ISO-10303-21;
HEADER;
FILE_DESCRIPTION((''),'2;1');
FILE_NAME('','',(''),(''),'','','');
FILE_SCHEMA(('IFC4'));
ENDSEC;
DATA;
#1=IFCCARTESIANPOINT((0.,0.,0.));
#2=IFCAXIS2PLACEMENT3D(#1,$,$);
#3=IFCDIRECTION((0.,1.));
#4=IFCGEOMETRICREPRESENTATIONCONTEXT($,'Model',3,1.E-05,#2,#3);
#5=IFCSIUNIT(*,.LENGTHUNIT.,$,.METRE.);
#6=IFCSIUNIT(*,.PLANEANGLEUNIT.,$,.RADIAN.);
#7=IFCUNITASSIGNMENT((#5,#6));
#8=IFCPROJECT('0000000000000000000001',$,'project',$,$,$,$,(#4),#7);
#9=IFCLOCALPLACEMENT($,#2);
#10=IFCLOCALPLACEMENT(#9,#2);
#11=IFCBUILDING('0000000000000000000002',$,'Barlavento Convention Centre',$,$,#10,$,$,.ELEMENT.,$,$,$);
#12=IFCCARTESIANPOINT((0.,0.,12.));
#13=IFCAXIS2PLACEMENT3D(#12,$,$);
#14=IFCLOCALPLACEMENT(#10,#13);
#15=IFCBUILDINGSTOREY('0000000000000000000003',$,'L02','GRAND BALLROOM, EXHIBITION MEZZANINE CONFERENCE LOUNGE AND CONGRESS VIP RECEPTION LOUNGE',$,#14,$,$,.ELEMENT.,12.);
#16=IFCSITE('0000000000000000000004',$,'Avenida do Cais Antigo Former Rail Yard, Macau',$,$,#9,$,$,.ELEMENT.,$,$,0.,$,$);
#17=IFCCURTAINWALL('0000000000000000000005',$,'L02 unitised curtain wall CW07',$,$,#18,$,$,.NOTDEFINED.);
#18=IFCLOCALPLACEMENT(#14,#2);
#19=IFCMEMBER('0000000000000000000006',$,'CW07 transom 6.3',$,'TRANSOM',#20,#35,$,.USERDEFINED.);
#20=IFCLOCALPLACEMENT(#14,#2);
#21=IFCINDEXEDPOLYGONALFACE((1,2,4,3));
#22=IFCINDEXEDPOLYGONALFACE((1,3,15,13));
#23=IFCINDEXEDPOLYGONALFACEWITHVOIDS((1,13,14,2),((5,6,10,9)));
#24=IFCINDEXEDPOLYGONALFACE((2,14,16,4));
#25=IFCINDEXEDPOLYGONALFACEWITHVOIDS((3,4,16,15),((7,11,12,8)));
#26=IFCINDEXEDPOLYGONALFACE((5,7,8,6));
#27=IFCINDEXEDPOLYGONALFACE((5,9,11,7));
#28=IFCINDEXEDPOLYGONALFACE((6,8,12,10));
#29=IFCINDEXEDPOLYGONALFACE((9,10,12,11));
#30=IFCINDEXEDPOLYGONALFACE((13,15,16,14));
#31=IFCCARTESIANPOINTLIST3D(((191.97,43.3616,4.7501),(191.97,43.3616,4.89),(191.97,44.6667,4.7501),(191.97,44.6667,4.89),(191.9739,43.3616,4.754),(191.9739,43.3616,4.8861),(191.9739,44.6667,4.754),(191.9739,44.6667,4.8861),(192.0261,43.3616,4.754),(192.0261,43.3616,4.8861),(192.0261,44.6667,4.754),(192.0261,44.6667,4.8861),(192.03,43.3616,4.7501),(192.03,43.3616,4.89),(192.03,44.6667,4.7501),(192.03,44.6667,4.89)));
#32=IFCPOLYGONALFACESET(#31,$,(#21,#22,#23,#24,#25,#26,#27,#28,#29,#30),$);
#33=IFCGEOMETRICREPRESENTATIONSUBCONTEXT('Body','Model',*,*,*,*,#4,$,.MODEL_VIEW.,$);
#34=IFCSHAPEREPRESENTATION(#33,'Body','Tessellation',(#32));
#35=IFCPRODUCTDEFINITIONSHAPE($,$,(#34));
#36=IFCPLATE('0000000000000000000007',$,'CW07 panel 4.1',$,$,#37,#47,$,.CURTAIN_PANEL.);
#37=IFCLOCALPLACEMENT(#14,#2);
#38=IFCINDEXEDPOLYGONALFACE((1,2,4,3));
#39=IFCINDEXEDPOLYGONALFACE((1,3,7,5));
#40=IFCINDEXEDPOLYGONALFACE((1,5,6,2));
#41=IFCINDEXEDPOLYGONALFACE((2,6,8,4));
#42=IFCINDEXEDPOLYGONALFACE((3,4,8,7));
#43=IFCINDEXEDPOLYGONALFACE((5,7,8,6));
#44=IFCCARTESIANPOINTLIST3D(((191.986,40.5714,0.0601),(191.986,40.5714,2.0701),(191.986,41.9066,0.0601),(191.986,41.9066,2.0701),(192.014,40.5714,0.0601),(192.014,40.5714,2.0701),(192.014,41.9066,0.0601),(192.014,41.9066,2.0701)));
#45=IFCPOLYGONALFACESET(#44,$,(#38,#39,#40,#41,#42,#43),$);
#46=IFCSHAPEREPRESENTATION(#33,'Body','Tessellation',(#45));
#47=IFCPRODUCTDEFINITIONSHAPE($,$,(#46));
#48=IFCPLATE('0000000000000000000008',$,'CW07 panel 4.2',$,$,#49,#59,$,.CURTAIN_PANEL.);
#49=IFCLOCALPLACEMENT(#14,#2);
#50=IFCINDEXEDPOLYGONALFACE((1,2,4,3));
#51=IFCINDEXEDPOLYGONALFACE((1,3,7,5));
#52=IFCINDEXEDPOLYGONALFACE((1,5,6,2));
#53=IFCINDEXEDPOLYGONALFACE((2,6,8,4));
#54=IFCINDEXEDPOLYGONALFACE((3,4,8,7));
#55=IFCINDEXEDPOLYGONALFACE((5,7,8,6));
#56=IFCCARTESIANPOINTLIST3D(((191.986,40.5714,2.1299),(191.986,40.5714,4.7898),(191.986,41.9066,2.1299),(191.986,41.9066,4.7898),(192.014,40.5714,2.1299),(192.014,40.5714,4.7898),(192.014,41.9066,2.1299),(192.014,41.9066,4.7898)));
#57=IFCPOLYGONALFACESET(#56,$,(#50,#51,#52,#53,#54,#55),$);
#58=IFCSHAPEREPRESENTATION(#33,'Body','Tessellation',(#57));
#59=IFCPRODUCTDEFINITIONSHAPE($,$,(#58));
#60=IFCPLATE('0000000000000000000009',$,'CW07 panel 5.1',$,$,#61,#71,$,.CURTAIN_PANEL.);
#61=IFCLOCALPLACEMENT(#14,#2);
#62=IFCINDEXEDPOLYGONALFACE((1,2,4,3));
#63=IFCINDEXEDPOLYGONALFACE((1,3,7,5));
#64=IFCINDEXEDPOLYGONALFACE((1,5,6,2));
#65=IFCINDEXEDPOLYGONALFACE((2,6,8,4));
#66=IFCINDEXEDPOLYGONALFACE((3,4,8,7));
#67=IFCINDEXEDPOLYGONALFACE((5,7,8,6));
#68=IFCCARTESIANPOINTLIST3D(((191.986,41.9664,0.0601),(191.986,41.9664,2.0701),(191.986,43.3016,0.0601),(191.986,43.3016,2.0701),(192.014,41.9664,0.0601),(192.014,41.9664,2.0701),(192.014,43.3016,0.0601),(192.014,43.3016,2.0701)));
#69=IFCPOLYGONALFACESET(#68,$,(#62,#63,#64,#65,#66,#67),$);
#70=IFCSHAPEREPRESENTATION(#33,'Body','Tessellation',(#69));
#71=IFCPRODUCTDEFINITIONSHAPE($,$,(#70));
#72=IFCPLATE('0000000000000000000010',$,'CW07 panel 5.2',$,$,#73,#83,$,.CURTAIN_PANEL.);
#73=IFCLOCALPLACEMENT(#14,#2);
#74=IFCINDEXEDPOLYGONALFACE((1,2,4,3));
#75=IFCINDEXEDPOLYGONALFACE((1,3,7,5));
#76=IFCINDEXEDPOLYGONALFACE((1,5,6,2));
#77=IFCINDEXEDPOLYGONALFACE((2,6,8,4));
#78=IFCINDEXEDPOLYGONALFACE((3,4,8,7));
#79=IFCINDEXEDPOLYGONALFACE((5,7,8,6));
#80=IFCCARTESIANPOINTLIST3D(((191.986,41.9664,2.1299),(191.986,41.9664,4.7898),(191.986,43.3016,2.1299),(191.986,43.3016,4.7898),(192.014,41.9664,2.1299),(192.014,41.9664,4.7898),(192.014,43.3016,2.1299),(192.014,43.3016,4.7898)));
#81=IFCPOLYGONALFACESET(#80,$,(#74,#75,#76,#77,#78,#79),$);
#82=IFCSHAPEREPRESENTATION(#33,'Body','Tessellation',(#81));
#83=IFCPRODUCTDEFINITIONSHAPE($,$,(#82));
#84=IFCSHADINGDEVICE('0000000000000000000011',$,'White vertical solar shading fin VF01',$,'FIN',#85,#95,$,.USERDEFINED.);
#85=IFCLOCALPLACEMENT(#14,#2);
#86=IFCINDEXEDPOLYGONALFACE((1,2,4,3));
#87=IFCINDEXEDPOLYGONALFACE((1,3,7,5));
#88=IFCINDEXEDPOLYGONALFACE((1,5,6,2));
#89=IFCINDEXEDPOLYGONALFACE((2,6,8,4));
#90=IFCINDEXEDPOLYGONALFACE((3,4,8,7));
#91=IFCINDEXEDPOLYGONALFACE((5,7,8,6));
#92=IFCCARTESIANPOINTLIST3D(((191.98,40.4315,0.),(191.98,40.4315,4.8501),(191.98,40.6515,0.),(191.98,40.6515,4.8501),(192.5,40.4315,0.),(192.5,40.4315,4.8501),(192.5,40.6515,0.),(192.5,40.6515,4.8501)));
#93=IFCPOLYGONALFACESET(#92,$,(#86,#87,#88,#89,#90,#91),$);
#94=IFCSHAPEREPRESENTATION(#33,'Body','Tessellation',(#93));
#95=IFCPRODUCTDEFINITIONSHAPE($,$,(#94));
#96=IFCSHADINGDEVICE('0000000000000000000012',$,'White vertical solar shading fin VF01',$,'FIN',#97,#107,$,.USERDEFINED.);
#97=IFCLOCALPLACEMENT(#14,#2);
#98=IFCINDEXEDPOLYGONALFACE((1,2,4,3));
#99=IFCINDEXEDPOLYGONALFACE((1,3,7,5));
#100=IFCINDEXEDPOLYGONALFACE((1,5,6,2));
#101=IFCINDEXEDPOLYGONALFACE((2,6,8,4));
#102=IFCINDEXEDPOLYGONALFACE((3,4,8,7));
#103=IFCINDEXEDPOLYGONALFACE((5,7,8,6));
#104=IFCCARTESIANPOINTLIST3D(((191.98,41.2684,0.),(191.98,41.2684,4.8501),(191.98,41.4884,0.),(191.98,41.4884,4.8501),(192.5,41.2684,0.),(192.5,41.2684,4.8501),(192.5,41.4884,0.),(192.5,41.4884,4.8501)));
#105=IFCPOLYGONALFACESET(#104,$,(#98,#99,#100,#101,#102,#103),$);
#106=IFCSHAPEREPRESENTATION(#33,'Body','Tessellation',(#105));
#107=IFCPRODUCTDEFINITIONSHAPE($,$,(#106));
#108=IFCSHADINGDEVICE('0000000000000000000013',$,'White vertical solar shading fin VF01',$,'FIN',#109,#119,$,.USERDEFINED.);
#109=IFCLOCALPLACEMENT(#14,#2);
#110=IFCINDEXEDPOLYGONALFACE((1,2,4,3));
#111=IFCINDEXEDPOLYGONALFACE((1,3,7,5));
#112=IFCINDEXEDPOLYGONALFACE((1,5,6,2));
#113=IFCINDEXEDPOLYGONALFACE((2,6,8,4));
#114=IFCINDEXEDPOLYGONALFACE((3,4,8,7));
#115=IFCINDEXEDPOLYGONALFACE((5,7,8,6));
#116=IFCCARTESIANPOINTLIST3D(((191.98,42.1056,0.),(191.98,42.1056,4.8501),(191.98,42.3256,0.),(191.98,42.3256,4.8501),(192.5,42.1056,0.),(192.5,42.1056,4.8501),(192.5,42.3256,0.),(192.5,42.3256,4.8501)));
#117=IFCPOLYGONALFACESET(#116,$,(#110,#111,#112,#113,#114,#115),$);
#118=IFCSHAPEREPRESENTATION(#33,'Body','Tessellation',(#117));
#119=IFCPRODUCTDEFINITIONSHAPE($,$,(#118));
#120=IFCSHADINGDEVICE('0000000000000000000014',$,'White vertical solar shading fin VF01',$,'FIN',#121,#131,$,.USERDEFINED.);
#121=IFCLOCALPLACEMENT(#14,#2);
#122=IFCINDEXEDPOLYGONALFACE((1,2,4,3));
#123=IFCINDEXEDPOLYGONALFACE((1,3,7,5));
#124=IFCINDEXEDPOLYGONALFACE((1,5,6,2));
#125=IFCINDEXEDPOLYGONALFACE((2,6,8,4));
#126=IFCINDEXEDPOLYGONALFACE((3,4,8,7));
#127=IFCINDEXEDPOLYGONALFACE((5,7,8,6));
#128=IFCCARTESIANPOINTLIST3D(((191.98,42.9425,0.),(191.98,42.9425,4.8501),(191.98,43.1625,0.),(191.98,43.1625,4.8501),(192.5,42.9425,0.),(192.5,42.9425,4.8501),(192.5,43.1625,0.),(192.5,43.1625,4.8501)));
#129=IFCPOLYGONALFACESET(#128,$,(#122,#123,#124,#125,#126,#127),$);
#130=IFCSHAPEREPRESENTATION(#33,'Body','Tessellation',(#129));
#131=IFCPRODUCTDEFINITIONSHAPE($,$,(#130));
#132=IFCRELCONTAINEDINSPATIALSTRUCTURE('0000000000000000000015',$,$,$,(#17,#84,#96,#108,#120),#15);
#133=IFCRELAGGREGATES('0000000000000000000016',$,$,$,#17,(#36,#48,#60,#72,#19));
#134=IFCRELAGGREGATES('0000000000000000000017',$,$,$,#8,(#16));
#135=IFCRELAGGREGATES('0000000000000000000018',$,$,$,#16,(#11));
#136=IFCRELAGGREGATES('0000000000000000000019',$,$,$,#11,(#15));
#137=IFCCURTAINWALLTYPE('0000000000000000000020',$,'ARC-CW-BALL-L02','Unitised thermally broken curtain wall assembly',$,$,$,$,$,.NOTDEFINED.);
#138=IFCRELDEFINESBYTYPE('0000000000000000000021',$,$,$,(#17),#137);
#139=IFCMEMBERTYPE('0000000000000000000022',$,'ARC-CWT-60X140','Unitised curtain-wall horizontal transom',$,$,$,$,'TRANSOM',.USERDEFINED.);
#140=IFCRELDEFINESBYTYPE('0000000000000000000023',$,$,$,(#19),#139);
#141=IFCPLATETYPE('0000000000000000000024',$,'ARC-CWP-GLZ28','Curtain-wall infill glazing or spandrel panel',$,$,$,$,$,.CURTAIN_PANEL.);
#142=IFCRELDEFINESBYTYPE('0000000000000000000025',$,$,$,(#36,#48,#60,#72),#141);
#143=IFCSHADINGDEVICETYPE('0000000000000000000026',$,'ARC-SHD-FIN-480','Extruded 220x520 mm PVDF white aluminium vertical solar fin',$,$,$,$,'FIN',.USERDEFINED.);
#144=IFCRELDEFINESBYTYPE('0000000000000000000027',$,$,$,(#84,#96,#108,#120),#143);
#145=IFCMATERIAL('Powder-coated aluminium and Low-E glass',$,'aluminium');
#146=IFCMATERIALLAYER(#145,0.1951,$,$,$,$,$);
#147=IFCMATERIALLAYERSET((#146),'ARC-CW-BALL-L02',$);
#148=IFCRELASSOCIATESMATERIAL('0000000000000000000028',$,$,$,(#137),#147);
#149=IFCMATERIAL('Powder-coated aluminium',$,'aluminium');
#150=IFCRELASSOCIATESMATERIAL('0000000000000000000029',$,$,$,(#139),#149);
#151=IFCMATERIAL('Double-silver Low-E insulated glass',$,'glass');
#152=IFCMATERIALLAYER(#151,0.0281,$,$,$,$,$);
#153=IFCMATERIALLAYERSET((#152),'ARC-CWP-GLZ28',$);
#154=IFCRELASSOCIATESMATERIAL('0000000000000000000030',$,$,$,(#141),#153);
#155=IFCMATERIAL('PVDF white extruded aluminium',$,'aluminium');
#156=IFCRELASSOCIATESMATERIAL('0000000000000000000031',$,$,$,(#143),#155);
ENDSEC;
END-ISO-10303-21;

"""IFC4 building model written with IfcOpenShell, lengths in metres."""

from ifc_helpers import new_model, si_unit, direction, frame, origin, origin_2d, place, context, subcontext, project, spatial, rectangle, hollow_rectangle, extrude, material, layer, layer_set, material_profile, profile_set, type_object, element, aggregate, save


model = new_model("IFC4")

# Units and contexts
model_context = context("Model", 3, precision=1e-05, world=origin(), true_north=direction((0.0, 1.0)))
body_context = subcontext(model_context, "Body", "Model", "MODEL_VIEW")
ifc_project = project(units=[si_unit("LENGTHUNIT", "METRE"), si_unit("PLANEANGLEUNIT", "RADIAN")], contexts=[model_context])

# Site, building, storey
site_placement = place(None, origin())
site = spatial("IfcSite", under=ifc_project, at=site_placement, Name="Avenida do Cais Antigo Former Rail Yard, Macau", CompositionType="ELEMENT", RefElevation=0.0)
building_placement = place(site_placement, origin())
building = spatial("IfcBuilding", under=site, at=building_placement, Name="Barlavento Convention Centre", CompositionType="ELEMENT")
storey_placement = place(building_placement, frame((0.0, 0.0, 12.0)))
storey = spatial("IfcBuildingStorey", under=building, at=storey_placement, Name="L02", Description="GRAND BALLROOM, EXHIBITION MEZZANINE CONFERENCE LOUNGE AND CONGRESS VIP RECEPTION LOUNGE", CompositionType="ELEMENT", Elevation=12.0)

# Curtain wall, member, plates
ifc_material_1 = material(Name="Powder-coated aluminium and Low-E glass", Category="aluminium")
ifc_layer_1 = layer(ifc_material_1, 0.1951)
ifc_layer_set_1 = layer_set([ifc_layer_1], Name="ARC-CW-BALL-L02")
curtain_wall_type = type_object("IfcCurtainWallType", Name="ARC-CW-BALL-L02", Description="Unitised thermally broken curtain wall assembly", PredefinedType="NOTDEFINED", material=ifc_layer_set_1)
curtain_wall_placement = place(storey_placement, origin())
curtain_wall = element("IfcCurtainWall", 1, at=curtain_wall_placement, inside=storey, type_object=curtain_wall_type, Name="L02 unitised curtain wall CW07", PredefinedType="NOTDEFINED")
ifc_material_2 = material(Name="Powder-coated aluminium", Category="aluminium")
ifc_material_profile_1 = material_profile(ifc_material_2, hollow_rectangle(XDim=0.0601, YDim=0.1399, WallThickness=0.0039, at=origin_2d()), Name="AL-TRAN 60x140x4")
ifc_profile_set_1 = profile_set([ifc_material_profile_1], Name="Powder-coated aluminium")
member_type_1 = type_object("IfcMemberType", Name="ARC-CWT-60X140", Description="Unitised curtain-wall horizontal transom", ElementType="TRANSOM", PredefinedType="USERDEFINED", material=ifc_profile_set_1)
member_1_placement = place(storey_placement, frame((192.0, 43.3616, 4.8201), z_axis=(0.0, 1.0, 0.0), x_axis=(-1.0, 0.0, 0.0)))
member_1 = element("IfcMember", 2, at=member_1_placement, type_object=member_type_1, Name="CW07 transom 6.3", ObjectType="TRANSOM", PredefinedType="USERDEFINED", context=body_context, shape_type="SweptSolid", body=[
    extrude(hollow_rectangle(XDim=0.0601, YDim=0.1399, WallThickness=0.0039, at=origin_2d()), origin(), (0.0, 0.0, 1.0), 1.3052),
])
ifc_material_3 = material(Name="Double-silver Low-E insulated glass", Category="glass")
ifc_layer_2 = layer(ifc_material_3, 0.0281)
ifc_layer_set_2 = layer_set([ifc_layer_2], Name="ARC-CWP-GLZ28")
plate_type = type_object("IfcPlateType", Name="ARC-CWP-GLZ28", Description="Curtain-wall infill glazing or spandrel panel", PredefinedType="CURTAIN_PANEL", material=ifc_layer_set_2)
plate_1_placement = place(storey_placement, frame((192.0, 41.239, 0.0601), z_axis=(0.0, 0.0, 1.0), x_axis=(0.0, 1.0, 0.0)))
plate_1 = element("IfcPlate", 3, at=plate_1_placement, type_object=plate_type, Name="CW07 panel 4.1", PredefinedType="CURTAIN_PANEL", context=body_context, shape_type="SweptSolid", body=[
    extrude(rectangle(XDim=1.3352, YDim=0.0281, at=origin_2d()), origin(), (0.0, 0.0, 1.0), 2.01),
])
plate_2_placement = place(storey_placement, frame((192.0, 41.239, 2.1299), z_axis=(0.0, 0.0, 1.0), x_axis=(0.0, 1.0, 0.0)))
plate_2 = element("IfcPlate", 4, at=plate_2_placement, type_object=plate_type, Name="CW07 panel 4.2", PredefinedType="CURTAIN_PANEL", context=body_context, shape_type="SweptSolid", body=[
    extrude(rectangle(XDim=1.3352, YDim=0.0281, at=origin_2d()), origin(), (0.0, 0.0, 1.0), 2.6599),
])
plate_3_placement = place(storey_placement, frame((192.0, 42.634, 0.0601), z_axis=(0.0, 0.0, 1.0), x_axis=(0.0, 1.0, 0.0)))
plate_3 = element("IfcPlate", 5, at=plate_3_placement, type_object=plate_type, Name="CW07 panel 5.1", PredefinedType="CURTAIN_PANEL", context=body_context, shape_type="SweptSolid", body=[
    extrude(rectangle(XDim=1.3352, YDim=0.0281, at=origin_2d()), origin(), (0.0, 0.0, 1.0), 2.01),
])
plate_4_placement = place(storey_placement, frame((192.0, 42.634, 2.1299), z_axis=(0.0, 0.0, 1.0), x_axis=(0.0, 1.0, 0.0)))
plate_4 = element("IfcPlate", 6, at=plate_4_placement, type_object=plate_type, Name="CW07 panel 5.2", PredefinedType="CURTAIN_PANEL", context=body_context, shape_type="SweptSolid", body=[
    extrude(rectangle(XDim=1.3352, YDim=0.0281, at=origin_2d()), origin(), (0.0, 0.0, 1.0), 2.6599),
])
aggregate(curtain_wall, [plate_1, plate_2, plate_3, plate_4, member_1])

# Shading devices
ifc_material_4 = material(Name="PVDF white extruded aluminium", Category="aluminium")
shading_device_type = type_object("IfcShadingDeviceType", Name="ARC-SHD-FIN-480", Description="Extruded 220x520 mm PVDF white aluminium vertical solar fin", ElementType="FIN", PredefinedType="USERDEFINED", material=ifc_material_4)
for number, where, z_axis, x_axis, name in (
    (7, (192.24, 40.5415, 0.0), (0.0, 0.0, 1.0), (0.0, 1.0, 0.0), "White vertical solar shading fin VF01"),
    (8, (192.24, 41.3784, 0.0), (0.0, 0.0, 1.0), (0.0, 1.0, 0.0), "White vertical solar shading fin VF01"),
    (9, (192.24, 42.2156, 0.0), (0.0, 0.0, 1.0), (0.0, 1.0, 0.0), "White vertical solar shading fin VF01"),
    (10, (192.24, 43.0525, 0.0), (0.0, 0.0, 1.0), (0.0, 1.0, 0.0), "White vertical solar shading fin VF01"),
):
    element("IfcShadingDevice", number, at=place(storey_placement, frame(where, z_axis=z_axis, x_axis=x_axis)), inside=storey, type_object=shading_device_type, Name=name, ObjectType="FIN", PredefinedType="USERDEFINED", context=body_context, shape_type="SweptSolid", body=[
        extrude(rectangle(XDim=0.22, YDim=0.52, at=origin_2d()), origin(), (0.0, 0.0, 1.0), 4.8501),
    ])

save(model, "model.ifc")
